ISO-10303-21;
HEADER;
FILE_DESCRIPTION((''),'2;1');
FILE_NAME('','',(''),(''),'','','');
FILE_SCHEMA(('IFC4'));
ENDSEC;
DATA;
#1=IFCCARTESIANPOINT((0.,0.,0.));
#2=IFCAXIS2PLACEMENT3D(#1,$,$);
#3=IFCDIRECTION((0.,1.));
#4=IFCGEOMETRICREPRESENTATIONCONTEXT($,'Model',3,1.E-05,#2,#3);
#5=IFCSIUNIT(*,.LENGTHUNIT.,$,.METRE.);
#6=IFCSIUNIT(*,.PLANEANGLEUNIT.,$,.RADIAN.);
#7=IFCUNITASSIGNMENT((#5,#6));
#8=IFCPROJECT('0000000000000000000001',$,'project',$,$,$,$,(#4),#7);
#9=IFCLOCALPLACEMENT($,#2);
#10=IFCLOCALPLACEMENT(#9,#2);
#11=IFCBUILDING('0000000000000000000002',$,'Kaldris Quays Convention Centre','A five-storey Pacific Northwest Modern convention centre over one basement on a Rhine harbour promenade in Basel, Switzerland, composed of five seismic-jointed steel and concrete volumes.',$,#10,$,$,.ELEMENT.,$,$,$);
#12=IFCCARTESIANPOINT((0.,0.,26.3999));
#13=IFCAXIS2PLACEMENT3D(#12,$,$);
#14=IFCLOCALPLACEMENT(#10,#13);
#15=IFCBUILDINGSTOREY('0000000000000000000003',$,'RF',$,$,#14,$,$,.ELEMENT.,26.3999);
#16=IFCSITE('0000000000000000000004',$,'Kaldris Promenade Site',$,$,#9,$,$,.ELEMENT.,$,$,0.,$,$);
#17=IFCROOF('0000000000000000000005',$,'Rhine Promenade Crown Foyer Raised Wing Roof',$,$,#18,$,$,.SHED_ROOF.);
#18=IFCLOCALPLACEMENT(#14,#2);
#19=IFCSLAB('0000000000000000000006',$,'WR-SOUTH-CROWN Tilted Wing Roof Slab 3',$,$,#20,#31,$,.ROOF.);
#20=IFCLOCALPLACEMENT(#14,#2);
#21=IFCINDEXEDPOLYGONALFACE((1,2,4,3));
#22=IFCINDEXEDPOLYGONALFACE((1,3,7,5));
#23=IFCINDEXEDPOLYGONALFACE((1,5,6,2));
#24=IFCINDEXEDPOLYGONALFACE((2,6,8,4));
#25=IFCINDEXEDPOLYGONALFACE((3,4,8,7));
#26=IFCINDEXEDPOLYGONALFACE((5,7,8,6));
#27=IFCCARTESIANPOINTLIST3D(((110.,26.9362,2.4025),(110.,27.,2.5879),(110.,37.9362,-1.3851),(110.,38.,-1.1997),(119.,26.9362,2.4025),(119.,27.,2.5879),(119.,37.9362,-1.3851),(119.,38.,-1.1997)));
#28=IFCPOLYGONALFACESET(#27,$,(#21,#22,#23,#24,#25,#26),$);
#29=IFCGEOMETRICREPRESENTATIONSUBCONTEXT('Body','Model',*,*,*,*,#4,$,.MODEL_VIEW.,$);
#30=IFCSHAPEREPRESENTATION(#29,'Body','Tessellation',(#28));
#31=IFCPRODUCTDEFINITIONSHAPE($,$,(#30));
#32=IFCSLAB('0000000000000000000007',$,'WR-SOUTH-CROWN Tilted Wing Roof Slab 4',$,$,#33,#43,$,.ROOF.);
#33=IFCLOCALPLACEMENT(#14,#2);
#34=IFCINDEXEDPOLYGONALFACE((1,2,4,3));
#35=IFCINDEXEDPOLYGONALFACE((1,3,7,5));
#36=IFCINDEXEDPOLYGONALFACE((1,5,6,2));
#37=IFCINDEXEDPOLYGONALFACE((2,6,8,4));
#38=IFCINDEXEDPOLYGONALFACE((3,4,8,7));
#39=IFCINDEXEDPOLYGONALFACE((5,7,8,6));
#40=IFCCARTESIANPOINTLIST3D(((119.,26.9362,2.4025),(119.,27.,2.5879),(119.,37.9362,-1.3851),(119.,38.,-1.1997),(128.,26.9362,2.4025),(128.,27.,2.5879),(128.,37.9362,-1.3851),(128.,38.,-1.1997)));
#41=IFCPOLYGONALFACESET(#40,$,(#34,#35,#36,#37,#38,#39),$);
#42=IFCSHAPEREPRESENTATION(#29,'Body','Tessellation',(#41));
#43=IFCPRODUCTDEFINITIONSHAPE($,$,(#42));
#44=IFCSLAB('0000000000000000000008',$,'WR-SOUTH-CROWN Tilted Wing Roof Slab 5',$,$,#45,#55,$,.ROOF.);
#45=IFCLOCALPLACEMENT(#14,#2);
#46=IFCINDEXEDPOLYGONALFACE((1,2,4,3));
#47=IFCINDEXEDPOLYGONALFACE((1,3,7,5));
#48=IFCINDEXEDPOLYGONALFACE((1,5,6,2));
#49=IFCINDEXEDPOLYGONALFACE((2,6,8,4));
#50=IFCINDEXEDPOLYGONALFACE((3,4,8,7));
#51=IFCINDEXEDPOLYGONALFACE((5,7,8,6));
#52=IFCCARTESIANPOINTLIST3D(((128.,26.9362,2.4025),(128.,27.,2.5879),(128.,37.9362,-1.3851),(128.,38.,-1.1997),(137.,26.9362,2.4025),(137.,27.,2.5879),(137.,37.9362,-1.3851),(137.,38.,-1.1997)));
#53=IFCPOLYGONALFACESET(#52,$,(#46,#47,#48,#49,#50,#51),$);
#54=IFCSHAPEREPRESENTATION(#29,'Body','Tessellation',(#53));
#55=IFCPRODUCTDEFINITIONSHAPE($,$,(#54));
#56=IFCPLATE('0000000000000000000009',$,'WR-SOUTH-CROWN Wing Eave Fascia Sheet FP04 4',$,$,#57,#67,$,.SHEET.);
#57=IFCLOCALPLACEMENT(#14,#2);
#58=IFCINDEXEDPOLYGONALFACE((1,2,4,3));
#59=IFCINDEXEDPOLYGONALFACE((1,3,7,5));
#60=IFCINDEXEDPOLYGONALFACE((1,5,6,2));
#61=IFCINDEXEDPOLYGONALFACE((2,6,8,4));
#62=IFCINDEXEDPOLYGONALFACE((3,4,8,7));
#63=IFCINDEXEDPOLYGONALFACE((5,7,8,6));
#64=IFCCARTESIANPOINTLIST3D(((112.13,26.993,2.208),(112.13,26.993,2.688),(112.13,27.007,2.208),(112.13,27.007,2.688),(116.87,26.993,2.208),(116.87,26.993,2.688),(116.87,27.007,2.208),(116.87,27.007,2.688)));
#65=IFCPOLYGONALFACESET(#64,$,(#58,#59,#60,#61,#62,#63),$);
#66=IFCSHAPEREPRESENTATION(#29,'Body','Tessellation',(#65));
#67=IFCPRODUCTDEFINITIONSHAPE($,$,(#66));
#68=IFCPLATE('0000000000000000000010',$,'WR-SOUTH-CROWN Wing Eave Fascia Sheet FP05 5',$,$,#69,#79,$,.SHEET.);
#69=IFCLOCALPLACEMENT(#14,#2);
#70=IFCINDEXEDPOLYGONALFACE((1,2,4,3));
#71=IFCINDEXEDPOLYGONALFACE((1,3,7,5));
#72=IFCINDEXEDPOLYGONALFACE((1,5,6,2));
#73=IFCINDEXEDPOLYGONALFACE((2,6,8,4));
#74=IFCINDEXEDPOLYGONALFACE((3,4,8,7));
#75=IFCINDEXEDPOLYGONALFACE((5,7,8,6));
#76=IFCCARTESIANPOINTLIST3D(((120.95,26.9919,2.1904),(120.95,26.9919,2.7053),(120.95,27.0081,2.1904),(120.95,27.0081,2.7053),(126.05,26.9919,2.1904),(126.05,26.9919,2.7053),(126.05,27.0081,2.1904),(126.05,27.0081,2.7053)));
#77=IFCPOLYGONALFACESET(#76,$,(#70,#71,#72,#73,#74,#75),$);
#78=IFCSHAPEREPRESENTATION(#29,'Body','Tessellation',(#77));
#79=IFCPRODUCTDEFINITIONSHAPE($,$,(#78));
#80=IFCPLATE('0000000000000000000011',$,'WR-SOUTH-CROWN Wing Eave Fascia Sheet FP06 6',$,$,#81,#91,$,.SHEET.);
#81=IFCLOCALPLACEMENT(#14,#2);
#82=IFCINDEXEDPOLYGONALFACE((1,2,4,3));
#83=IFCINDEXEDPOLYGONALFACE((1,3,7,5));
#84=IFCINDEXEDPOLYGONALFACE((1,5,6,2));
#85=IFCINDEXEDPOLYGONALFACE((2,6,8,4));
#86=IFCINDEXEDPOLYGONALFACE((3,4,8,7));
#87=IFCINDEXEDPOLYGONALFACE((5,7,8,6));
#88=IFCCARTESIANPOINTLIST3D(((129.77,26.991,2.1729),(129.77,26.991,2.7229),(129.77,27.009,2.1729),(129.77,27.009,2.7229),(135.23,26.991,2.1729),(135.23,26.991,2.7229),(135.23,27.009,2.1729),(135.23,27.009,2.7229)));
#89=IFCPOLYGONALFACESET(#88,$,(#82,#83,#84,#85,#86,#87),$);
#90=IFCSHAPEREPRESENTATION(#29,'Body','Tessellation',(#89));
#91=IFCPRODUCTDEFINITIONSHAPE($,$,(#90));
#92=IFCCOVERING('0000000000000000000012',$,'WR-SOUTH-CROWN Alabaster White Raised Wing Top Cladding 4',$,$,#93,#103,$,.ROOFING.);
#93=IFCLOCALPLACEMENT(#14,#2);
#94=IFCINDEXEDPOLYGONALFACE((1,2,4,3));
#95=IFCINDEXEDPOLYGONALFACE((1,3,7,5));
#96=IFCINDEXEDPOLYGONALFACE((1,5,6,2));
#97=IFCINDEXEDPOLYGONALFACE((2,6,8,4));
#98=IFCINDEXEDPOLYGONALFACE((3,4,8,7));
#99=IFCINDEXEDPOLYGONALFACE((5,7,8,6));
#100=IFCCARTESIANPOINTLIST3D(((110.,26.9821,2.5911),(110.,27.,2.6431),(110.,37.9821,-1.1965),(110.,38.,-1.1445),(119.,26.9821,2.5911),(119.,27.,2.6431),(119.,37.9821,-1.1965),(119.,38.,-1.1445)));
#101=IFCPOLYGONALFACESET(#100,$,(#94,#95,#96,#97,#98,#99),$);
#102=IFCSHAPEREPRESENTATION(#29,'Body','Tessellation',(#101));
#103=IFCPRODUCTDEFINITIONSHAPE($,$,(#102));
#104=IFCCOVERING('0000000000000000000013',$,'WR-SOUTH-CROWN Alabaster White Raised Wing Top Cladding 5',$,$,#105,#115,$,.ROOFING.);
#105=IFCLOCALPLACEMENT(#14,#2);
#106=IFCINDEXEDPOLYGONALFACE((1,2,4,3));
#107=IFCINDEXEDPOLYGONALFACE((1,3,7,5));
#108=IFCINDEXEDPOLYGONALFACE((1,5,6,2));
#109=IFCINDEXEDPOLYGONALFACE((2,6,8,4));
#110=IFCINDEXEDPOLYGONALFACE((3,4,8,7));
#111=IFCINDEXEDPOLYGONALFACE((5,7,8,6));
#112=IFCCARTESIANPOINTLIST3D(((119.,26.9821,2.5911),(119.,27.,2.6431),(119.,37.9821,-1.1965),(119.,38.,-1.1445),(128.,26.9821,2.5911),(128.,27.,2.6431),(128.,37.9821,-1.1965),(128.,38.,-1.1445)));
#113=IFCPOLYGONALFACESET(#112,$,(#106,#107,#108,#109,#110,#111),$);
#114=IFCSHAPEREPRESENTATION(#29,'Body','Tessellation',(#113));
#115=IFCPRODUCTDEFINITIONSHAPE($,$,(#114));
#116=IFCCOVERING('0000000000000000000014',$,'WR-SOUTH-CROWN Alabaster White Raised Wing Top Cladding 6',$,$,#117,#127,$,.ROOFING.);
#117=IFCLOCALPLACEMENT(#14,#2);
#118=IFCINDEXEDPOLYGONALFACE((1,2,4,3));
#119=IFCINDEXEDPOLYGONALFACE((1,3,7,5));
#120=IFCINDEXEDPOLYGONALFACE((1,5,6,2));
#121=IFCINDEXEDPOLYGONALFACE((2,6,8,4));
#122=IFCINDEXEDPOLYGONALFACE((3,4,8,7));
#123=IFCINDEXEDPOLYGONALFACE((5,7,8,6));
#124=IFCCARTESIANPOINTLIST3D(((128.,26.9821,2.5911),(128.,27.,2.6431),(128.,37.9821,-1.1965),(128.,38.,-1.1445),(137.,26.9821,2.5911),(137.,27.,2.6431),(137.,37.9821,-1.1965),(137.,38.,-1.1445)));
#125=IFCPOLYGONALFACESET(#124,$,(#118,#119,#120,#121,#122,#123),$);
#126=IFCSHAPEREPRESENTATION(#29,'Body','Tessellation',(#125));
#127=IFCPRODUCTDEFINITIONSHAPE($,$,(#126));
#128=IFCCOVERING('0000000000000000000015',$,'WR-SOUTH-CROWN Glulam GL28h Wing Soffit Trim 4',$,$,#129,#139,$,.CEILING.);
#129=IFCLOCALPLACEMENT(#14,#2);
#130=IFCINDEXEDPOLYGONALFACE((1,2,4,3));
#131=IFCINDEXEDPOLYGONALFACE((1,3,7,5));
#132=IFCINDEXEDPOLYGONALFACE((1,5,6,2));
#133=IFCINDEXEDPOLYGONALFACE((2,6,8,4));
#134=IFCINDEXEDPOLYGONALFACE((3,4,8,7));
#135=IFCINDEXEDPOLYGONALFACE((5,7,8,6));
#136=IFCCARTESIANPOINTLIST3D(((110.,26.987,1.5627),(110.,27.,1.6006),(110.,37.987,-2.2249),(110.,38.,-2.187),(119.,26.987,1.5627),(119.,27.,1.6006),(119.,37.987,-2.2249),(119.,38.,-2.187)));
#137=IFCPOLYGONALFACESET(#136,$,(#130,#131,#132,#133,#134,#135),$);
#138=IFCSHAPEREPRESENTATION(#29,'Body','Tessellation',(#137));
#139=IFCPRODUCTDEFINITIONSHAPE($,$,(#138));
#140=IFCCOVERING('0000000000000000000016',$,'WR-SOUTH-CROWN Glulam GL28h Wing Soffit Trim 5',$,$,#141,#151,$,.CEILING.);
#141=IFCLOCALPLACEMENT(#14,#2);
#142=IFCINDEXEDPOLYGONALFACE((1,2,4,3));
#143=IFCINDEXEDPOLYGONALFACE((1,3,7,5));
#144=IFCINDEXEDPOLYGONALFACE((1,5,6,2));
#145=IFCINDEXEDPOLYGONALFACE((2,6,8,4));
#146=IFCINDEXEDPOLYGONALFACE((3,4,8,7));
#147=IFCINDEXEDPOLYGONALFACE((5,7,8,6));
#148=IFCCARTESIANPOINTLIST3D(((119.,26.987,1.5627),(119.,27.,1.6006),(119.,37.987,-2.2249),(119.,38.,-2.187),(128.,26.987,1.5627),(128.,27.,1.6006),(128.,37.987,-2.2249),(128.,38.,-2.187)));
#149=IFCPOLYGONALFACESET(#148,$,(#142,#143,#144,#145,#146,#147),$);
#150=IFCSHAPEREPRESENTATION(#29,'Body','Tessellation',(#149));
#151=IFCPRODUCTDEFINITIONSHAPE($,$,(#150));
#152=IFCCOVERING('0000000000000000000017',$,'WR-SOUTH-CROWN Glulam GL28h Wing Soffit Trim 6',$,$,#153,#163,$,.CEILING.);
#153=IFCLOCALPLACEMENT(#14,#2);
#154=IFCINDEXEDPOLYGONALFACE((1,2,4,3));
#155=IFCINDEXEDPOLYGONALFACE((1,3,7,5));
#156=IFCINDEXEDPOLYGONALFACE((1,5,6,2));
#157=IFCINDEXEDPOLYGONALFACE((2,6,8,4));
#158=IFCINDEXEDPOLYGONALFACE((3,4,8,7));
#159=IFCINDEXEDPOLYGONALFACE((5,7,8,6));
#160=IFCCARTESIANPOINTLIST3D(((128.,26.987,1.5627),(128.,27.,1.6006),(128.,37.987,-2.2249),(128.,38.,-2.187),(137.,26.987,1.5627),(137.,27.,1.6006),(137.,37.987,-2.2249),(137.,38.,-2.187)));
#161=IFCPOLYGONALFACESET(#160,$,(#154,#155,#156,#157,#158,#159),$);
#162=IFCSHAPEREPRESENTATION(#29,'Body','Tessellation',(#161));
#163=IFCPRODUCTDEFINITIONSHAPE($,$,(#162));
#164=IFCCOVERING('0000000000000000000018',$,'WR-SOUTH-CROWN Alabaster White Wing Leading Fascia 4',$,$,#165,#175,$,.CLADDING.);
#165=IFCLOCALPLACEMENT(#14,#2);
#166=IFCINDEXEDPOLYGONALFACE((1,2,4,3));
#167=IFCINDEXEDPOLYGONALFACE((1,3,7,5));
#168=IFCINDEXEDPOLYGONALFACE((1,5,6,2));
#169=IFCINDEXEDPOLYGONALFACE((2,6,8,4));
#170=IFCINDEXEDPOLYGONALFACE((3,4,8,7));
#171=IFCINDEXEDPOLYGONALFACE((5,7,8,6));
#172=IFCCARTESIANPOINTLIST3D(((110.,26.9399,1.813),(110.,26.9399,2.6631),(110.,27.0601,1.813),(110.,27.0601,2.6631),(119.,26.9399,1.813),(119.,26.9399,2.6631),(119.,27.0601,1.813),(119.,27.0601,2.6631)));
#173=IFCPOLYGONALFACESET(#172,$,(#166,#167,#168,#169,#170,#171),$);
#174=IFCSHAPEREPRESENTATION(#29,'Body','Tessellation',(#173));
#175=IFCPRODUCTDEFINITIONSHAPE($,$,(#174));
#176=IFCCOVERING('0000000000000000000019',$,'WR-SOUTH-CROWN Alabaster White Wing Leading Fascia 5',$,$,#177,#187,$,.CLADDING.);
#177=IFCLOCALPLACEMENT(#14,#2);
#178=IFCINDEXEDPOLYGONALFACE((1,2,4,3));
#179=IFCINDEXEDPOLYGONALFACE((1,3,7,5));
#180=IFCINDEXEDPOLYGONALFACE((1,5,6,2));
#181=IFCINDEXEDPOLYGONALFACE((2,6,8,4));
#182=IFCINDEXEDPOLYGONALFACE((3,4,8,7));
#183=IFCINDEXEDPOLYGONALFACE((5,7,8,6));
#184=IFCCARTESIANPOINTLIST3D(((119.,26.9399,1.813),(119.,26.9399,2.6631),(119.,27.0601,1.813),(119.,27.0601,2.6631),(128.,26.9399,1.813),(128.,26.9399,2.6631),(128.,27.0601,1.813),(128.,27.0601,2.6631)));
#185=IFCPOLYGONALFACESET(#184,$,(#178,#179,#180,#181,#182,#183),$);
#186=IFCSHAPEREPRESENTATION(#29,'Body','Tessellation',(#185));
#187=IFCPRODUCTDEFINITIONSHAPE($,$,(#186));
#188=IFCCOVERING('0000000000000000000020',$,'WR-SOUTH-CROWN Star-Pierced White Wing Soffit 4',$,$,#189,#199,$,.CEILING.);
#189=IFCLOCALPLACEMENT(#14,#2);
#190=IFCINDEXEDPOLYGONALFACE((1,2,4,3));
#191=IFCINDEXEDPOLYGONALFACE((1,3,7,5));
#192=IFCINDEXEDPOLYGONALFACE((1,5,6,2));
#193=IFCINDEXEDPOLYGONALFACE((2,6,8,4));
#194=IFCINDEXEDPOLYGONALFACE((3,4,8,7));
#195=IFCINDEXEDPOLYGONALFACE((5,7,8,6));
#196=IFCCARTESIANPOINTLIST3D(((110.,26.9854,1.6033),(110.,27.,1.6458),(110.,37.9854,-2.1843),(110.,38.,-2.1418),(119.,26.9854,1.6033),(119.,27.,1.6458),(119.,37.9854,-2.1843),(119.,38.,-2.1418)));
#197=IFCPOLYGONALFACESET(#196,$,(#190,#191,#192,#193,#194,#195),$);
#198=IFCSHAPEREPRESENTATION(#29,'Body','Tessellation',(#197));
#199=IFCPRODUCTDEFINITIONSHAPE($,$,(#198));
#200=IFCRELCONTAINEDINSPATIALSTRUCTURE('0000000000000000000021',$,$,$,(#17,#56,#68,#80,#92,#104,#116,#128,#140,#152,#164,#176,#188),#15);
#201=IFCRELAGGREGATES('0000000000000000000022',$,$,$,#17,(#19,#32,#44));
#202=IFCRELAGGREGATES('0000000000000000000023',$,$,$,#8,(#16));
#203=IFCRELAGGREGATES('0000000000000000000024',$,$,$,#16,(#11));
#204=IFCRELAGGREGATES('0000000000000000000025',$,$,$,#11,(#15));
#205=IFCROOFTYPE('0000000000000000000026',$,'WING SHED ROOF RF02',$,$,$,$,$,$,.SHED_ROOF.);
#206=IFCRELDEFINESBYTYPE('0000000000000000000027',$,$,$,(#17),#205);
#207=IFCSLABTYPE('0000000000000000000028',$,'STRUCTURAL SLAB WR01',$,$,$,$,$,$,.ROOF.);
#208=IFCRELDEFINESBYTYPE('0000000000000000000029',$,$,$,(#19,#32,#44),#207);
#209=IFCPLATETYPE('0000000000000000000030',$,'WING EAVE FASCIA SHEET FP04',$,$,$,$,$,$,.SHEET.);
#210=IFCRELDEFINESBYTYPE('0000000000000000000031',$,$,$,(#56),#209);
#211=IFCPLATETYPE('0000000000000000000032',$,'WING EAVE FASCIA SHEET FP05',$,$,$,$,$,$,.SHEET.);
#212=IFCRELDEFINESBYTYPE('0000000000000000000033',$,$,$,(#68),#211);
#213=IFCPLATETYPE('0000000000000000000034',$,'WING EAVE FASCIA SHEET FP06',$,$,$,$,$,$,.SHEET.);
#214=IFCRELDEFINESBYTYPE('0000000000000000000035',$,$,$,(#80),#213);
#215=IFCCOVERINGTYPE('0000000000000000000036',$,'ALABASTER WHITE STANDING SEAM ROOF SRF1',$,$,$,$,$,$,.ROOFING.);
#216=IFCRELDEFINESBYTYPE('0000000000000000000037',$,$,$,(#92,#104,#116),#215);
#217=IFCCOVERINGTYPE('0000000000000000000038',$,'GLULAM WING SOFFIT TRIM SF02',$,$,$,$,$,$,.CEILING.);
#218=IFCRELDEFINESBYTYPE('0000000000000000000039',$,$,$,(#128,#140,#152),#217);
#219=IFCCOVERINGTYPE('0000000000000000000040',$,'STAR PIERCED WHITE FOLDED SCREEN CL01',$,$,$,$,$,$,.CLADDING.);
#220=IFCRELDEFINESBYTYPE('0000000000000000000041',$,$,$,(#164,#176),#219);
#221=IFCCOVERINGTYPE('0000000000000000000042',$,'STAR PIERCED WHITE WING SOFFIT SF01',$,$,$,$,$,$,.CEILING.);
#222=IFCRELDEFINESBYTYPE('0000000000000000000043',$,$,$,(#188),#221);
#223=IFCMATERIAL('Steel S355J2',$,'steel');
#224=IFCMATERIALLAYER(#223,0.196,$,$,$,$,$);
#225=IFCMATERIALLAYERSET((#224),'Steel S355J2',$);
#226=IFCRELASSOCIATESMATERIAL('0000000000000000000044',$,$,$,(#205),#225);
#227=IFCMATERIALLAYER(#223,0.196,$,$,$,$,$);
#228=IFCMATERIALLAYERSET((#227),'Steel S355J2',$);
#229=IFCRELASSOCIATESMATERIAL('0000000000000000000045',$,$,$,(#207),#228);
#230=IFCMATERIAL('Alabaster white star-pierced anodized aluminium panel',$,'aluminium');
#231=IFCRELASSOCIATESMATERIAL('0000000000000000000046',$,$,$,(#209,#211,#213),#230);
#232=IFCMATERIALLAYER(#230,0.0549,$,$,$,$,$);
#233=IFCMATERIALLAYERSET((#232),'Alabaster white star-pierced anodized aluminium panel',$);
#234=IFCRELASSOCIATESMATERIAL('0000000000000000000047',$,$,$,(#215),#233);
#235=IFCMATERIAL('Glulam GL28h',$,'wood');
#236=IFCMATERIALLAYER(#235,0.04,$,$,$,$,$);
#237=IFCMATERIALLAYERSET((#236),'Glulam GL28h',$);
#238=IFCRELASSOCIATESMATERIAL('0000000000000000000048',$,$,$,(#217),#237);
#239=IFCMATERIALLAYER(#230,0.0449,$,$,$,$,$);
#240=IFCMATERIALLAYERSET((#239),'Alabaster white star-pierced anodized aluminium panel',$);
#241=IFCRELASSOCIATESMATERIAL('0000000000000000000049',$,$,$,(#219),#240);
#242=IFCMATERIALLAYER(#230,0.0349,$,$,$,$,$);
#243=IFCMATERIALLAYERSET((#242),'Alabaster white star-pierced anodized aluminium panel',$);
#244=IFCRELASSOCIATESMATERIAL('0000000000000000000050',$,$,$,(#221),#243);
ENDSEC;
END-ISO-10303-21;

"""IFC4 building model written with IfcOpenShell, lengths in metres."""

from ifc_helpers import new_model, si_unit, direction, frame, origin, origin_2d, place, context, subcontext, project, spatial, polyline, rectangle, outline, extrude, material, layer, layer_set, type_object, element, aggregate, save


model = new_model("IFC4")

# Units and contexts
model_context = context("Model", 3, precision=1e-05, world=origin(), true_north=direction((0.0, 1.0)))
body_context = subcontext(model_context, "Body", "Model", "MODEL_VIEW")
ifc_project = project(units=[si_unit("LENGTHUNIT", "METRE"), si_unit("PLANEANGLEUNIT", "RADIAN")], contexts=[model_context])

# Site, building, storey
site_placement = place(None, origin())
site = spatial("IfcSite", under=ifc_project, at=site_placement, Name="Kaldris Promenade Site", CompositionType="ELEMENT", RefElevation=0.0)
building_placement = place(site_placement, origin())
building = spatial("IfcBuilding", under=site, at=building_placement, Name="Kaldris Quays Convention Centre", Description="A five-storey Pacific Northwest Modern convention centre over one basement on a Rhine harbour promenade in Basel, Switzerland, composed of five seismic-jointed steel and concrete volumes.", CompositionType="ELEMENT")
storey_placement = place(building_placement, frame((0.0, 0.0, 26.3999)))
storey = spatial("IfcBuildingStorey", under=building, at=storey_placement, Name="RF", CompositionType="ELEMENT", Elevation=26.3999)

# Shared definitions
ifc_material_1 = material(Name="Glulam GL28h", Category="wood")
ifc_material_2 = material(Name="Steel S355J2", Category="steel")

# Roof, slabs
ifc_layer_1 = layer(ifc_material_2, 0.196)
ifc_layer_set_1 = layer_set([ifc_layer_1], Name="Steel S355J2")
roof_type = type_object("IfcRoofType", Name="WING SHED ROOF RF02", PredefinedType="SHED_ROOF", material=ifc_layer_set_1)
roof_placement = place(storey_placement, origin())
roof = element("IfcRoof", 1, at=roof_placement, inside=storey, type_object=roof_type, Name="Rhine Promenade Crown Foyer Raised Wing Roof", PredefinedType="SHED_ROOF")
ifc_layer_2 = layer(ifc_material_2, 0.196)
ifc_layer_set_2 = layer_set([ifc_layer_2], Name="Steel S355J2")
slab_type = type_object("IfcSlabType", Name="STRUCTURAL SLAB WR01", PredefinedType="ROOF", material=ifc_layer_set_2)
slab_1_placement = place(storey_placement, frame((110.0, 27.0, 2.5879), z_axis=(0.0, 0.325568, 0.945519), x_axis=(1.0, 0.0, 0.0)))
slab_1 = element("IfcSlab", 2, at=slab_1_placement, type_object=slab_type, Name="WR-SOUTH-CROWN Tilted Wing Roof Slab 3", PredefinedType="ROOF", context=body_context, shape_type="SweptSolid", body=[
    extrude(outline(polyline([(0.0, 0.0), (9.0, 0.0), (9.0, 11.6338), (0.0, 11.6338), (0.0, 0.0)])), origin(), (0.0, 0.0, -1.0), 0.196),
])
slab_2_placement = place(storey_placement, frame((119.0, 27.0, 2.5879), z_axis=(0.0, 0.325568, 0.945519), x_axis=(1.0, 0.0, 0.0)))
slab_2 = element("IfcSlab", 3, at=slab_2_placement, type_object=slab_type, Name="WR-SOUTH-CROWN Tilted Wing Roof Slab 4", PredefinedType="ROOF", context=body_context, shape_type="SweptSolid", body=[
    extrude(outline(polyline([(0.0, 0.0), (9.0, 0.0), (9.0, 11.6338), (0.0, 11.6338), (0.0, 0.0)])), origin(), (0.0, 0.0, -1.0), 0.196),
])
slab_3_placement = place(storey_placement, frame((128.0, 27.0, 2.5879), z_axis=(0.0, 0.325568, 0.945519), x_axis=(1.0, 0.0, 0.0)))
slab_3 = element("IfcSlab", 4, at=slab_3_placement, type_object=slab_type, Name="WR-SOUTH-CROWN Tilted Wing Roof Slab 5", PredefinedType="ROOF", context=body_context, shape_type="SweptSolid", body=[
    extrude(outline(polyline([(0.0, 0.0), (9.0, 0.0), (9.0, 11.6338), (0.0, 11.6338), (0.0, 0.0)])), origin(), (0.0, 0.0, -1.0), 0.196),
])
aggregate(roof, [slab_1, slab_2, slab_3])

# Plates
ifc_material_3 = material(Name="Alabaster white star-pierced anodized aluminium panel", Category="aluminium")
plate_type_1 = type_object("IfcPlateType", Name="WING EAVE FASCIA SHEET FP04", PredefinedType="SHEET", material=ifc_material_3)
plate_1_placement = place(storey_placement, frame((114.5, 27.0, 2.208), z_axis=(0.0, 0.0, 1.0), x_axis=(1.0, 0.0, 0.0)))
element("IfcPlate", 5, at=plate_1_placement, inside=storey, type_object=plate_type_1, Name="WR-SOUTH-CROWN Wing Eave Fascia Sheet FP04 4", PredefinedType="SHEET", context=body_context, shape_type="SweptSolid", body=[
    extrude(rectangle(XDim=4.74, YDim=0.0139, at=origin_2d()), origin(), (0.0, 0.0, 1.0), 0.48),
])
plate_type_2 = type_object("IfcPlateType", Name="WING EAVE FASCIA SHEET FP05", PredefinedType="SHEET", material=ifc_material_3)
plate_2_placement = place(storey_placement, frame((123.5, 27.0, 2.1904), z_axis=(0.0, 0.0, 1.0), x_axis=(1.0, 0.0, 0.0)))
element("IfcPlate", 6, at=plate_2_placement, inside=storey, type_object=plate_type_2, Name="WR-SOUTH-CROWN Wing Eave Fascia Sheet FP05 5", PredefinedType="SHEET", context=body_context, shape_type="SweptSolid", body=[
    extrude(rectangle(XDim=5.1001, YDim=0.0161, at=origin_2d()), origin(), (0.0, 0.0, 1.0), 0.5149),
])
plate_type_3 = type_object("IfcPlateType", Name="WING EAVE FASCIA SHEET FP06", PredefinedType="SHEET", material=ifc_material_3)
plate_3_placement = place(storey_placement, frame((132.5, 27.0, 2.1729), z_axis=(0.0, 0.0, 1.0), x_axis=(1.0, 0.0, 0.0)))
element("IfcPlate", 7, at=plate_3_placement, inside=storey, type_object=plate_type_3, Name="WR-SOUTH-CROWN Wing Eave Fascia Sheet FP06 6", PredefinedType="SHEET", context=body_context, shape_type="SweptSolid", body=[
    extrude(rectangle(XDim=5.46, YDim=0.0181, at=origin_2d()), origin(), (0.0, 0.0, 1.0), 0.55),
])

# Coverings
ifc_layer_3 = layer(ifc_material_3, 0.0549)
ifc_layer_set_3 = layer_set([ifc_layer_3], Name="Alabaster white star-pierced anodized aluminium panel")
covering_type_1 = type_object("IfcCoveringType", Name="ALABASTER WHITE STANDING SEAM ROOF SRF1", PredefinedType="ROOFING", material=ifc_layer_set_3)
for number, where, z_axis, x_axis, name in (
    (8, (110.0, 27.0, 2.6431), (0.0, 0.325568, 0.945519), (1.0, 0.0, 0.0), "WR-SOUTH-CROWN Alabaster White Raised Wing Top Cladding 4"),
    (9, (119.0, 27.0, 2.6431), (0.0, 0.325568, 0.945519), (1.0, 0.0, 0.0), "WR-SOUTH-CROWN Alabaster White Raised Wing Top Cladding 5"),
    (10, (128.0, 27.0, 2.6431), (0.0, 0.325568, 0.945519), (1.0, 0.0, 0.0), "WR-SOUTH-CROWN Alabaster White Raised Wing Top Cladding 6"),
):
    element("IfcCovering", number, at=place(storey_placement, frame(where, z_axis=z_axis, x_axis=x_axis)), inside=storey, type_object=covering_type_1, Name=name, PredefinedType="ROOFING", context=body_context, shape_type="SweptSolid", body=[
        extrude(outline(polyline([(0.0, 0.0), (9.0, 0.0), (9.0, 11.6338), (0.0, 11.6338), (0.0, 0.0)])), origin(), (0.0, 0.0, -1.0), 0.0549),
    ])
ifc_layer_4 = layer(ifc_material_1, 0.04)
ifc_layer_set_4 = layer_set([ifc_layer_4], Name="Glulam GL28h")
covering_type_2 = type_object("IfcCoveringType", Name="GLULAM WING SOFFIT TRIM SF02", PredefinedType="CEILING", material=ifc_layer_set_4)
for number, where, z_axis, x_axis, name in (
    (11, (110.0, 27.0, 1.6006), (0.0, 0.325568, 0.945519), (1.0, 0.0, 0.0), "WR-SOUTH-CROWN Glulam GL28h Wing Soffit Trim 4"),
    (12, (119.0, 27.0, 1.6006), (0.0, 0.325568, 0.945519), (1.0, 0.0, 0.0), "WR-SOUTH-CROWN Glulam GL28h Wing Soffit Trim 5"),
    (13, (128.0, 27.0, 1.6006), (0.0, 0.325568, 0.945519), (1.0, 0.0, 0.0), "WR-SOUTH-CROWN Glulam GL28h Wing Soffit Trim 6"),
):
    element("IfcCovering", number, at=place(storey_placement, frame(where, z_axis=z_axis, x_axis=x_axis)), inside=storey, type_object=covering_type_2, Name=name, PredefinedType="CEILING", context=body_context, shape_type="SweptSolid", body=[
        extrude(outline(polyline([(0.0, 0.0), (9.0, 0.0), (9.0, 11.6338), (0.0, 11.6338), (0.0, 0.0)])), origin(), (0.0, 0.0, -1.0), 0.04),
    ])
ifc_layer_5 = layer(ifc_material_3, 0.0449)
ifc_layer_set_5 = layer_set([ifc_layer_5], Name="Alabaster white star-pierced anodized aluminium panel")
covering_type_3 = type_object("IfcCoveringType", Name="STAR PIERCED WHITE FOLDED SCREEN CL01", PredefinedType="CLADDING", material=ifc_layer_set_5)
for number, where, z_axis, x_axis, name in (
    (14, (114.5, 27.0, 1.813), (0.0, 0.0, 1.0), (1.0, 0.0, 0.0), "WR-SOUTH-CROWN Alabaster White Wing Leading Fascia 4"),
    (15, (123.5, 27.0, 1.813), (0.0, 0.0, 1.0), (1.0, 0.0, 0.0), "WR-SOUTH-CROWN Alabaster White Wing Leading Fascia 5"),
):
    element("IfcCovering", number, at=place(storey_placement, frame(where, z_axis=z_axis, x_axis=x_axis)), inside=storey, type_object=covering_type_3, Name=name, PredefinedType="CLADDING", context=body_context, shape_type="SweptSolid", body=[
        extrude(rectangle(XDim=9.0, YDim=0.1201, at=origin_2d()), origin(), (0.0, 0.0, 1.0), 0.8501),
    ])
ifc_layer_6 = layer(ifc_material_3, 0.0349)
ifc_layer_set_6 = layer_set([ifc_layer_6], Name="Alabaster white star-pierced anodized aluminium panel")
covering_type_4 = type_object("IfcCoveringType", Name="STAR PIERCED WHITE WING SOFFIT SF01", PredefinedType="CEILING", material=ifc_layer_set_6)
for number, where, z_axis, x_axis, name in (
    (16, (110.0, 27.0, 1.6458), (0.0, 0.325568, 0.945519), (1.0, 0.0, 0.0), "WR-SOUTH-CROWN Star-Pierced White Wing Soffit 4"),
):
    element("IfcCovering", number, at=place(storey_placement, frame(where, z_axis=z_axis, x_axis=x_axis)), inside=storey, type_object=covering_type_4, Name=name, PredefinedType="CEILING", context=body_context, shape_type="SweptSolid", body=[
        extrude(outline(polyline([(0.0, 0.0), (9.0, 0.0), (9.0, 11.6338), (0.0, 11.6338), (0.0, 0.0)])), origin(), (0.0, 0.0, -1.0), 0.0449),
    ])

save(model, "model.ifc")
